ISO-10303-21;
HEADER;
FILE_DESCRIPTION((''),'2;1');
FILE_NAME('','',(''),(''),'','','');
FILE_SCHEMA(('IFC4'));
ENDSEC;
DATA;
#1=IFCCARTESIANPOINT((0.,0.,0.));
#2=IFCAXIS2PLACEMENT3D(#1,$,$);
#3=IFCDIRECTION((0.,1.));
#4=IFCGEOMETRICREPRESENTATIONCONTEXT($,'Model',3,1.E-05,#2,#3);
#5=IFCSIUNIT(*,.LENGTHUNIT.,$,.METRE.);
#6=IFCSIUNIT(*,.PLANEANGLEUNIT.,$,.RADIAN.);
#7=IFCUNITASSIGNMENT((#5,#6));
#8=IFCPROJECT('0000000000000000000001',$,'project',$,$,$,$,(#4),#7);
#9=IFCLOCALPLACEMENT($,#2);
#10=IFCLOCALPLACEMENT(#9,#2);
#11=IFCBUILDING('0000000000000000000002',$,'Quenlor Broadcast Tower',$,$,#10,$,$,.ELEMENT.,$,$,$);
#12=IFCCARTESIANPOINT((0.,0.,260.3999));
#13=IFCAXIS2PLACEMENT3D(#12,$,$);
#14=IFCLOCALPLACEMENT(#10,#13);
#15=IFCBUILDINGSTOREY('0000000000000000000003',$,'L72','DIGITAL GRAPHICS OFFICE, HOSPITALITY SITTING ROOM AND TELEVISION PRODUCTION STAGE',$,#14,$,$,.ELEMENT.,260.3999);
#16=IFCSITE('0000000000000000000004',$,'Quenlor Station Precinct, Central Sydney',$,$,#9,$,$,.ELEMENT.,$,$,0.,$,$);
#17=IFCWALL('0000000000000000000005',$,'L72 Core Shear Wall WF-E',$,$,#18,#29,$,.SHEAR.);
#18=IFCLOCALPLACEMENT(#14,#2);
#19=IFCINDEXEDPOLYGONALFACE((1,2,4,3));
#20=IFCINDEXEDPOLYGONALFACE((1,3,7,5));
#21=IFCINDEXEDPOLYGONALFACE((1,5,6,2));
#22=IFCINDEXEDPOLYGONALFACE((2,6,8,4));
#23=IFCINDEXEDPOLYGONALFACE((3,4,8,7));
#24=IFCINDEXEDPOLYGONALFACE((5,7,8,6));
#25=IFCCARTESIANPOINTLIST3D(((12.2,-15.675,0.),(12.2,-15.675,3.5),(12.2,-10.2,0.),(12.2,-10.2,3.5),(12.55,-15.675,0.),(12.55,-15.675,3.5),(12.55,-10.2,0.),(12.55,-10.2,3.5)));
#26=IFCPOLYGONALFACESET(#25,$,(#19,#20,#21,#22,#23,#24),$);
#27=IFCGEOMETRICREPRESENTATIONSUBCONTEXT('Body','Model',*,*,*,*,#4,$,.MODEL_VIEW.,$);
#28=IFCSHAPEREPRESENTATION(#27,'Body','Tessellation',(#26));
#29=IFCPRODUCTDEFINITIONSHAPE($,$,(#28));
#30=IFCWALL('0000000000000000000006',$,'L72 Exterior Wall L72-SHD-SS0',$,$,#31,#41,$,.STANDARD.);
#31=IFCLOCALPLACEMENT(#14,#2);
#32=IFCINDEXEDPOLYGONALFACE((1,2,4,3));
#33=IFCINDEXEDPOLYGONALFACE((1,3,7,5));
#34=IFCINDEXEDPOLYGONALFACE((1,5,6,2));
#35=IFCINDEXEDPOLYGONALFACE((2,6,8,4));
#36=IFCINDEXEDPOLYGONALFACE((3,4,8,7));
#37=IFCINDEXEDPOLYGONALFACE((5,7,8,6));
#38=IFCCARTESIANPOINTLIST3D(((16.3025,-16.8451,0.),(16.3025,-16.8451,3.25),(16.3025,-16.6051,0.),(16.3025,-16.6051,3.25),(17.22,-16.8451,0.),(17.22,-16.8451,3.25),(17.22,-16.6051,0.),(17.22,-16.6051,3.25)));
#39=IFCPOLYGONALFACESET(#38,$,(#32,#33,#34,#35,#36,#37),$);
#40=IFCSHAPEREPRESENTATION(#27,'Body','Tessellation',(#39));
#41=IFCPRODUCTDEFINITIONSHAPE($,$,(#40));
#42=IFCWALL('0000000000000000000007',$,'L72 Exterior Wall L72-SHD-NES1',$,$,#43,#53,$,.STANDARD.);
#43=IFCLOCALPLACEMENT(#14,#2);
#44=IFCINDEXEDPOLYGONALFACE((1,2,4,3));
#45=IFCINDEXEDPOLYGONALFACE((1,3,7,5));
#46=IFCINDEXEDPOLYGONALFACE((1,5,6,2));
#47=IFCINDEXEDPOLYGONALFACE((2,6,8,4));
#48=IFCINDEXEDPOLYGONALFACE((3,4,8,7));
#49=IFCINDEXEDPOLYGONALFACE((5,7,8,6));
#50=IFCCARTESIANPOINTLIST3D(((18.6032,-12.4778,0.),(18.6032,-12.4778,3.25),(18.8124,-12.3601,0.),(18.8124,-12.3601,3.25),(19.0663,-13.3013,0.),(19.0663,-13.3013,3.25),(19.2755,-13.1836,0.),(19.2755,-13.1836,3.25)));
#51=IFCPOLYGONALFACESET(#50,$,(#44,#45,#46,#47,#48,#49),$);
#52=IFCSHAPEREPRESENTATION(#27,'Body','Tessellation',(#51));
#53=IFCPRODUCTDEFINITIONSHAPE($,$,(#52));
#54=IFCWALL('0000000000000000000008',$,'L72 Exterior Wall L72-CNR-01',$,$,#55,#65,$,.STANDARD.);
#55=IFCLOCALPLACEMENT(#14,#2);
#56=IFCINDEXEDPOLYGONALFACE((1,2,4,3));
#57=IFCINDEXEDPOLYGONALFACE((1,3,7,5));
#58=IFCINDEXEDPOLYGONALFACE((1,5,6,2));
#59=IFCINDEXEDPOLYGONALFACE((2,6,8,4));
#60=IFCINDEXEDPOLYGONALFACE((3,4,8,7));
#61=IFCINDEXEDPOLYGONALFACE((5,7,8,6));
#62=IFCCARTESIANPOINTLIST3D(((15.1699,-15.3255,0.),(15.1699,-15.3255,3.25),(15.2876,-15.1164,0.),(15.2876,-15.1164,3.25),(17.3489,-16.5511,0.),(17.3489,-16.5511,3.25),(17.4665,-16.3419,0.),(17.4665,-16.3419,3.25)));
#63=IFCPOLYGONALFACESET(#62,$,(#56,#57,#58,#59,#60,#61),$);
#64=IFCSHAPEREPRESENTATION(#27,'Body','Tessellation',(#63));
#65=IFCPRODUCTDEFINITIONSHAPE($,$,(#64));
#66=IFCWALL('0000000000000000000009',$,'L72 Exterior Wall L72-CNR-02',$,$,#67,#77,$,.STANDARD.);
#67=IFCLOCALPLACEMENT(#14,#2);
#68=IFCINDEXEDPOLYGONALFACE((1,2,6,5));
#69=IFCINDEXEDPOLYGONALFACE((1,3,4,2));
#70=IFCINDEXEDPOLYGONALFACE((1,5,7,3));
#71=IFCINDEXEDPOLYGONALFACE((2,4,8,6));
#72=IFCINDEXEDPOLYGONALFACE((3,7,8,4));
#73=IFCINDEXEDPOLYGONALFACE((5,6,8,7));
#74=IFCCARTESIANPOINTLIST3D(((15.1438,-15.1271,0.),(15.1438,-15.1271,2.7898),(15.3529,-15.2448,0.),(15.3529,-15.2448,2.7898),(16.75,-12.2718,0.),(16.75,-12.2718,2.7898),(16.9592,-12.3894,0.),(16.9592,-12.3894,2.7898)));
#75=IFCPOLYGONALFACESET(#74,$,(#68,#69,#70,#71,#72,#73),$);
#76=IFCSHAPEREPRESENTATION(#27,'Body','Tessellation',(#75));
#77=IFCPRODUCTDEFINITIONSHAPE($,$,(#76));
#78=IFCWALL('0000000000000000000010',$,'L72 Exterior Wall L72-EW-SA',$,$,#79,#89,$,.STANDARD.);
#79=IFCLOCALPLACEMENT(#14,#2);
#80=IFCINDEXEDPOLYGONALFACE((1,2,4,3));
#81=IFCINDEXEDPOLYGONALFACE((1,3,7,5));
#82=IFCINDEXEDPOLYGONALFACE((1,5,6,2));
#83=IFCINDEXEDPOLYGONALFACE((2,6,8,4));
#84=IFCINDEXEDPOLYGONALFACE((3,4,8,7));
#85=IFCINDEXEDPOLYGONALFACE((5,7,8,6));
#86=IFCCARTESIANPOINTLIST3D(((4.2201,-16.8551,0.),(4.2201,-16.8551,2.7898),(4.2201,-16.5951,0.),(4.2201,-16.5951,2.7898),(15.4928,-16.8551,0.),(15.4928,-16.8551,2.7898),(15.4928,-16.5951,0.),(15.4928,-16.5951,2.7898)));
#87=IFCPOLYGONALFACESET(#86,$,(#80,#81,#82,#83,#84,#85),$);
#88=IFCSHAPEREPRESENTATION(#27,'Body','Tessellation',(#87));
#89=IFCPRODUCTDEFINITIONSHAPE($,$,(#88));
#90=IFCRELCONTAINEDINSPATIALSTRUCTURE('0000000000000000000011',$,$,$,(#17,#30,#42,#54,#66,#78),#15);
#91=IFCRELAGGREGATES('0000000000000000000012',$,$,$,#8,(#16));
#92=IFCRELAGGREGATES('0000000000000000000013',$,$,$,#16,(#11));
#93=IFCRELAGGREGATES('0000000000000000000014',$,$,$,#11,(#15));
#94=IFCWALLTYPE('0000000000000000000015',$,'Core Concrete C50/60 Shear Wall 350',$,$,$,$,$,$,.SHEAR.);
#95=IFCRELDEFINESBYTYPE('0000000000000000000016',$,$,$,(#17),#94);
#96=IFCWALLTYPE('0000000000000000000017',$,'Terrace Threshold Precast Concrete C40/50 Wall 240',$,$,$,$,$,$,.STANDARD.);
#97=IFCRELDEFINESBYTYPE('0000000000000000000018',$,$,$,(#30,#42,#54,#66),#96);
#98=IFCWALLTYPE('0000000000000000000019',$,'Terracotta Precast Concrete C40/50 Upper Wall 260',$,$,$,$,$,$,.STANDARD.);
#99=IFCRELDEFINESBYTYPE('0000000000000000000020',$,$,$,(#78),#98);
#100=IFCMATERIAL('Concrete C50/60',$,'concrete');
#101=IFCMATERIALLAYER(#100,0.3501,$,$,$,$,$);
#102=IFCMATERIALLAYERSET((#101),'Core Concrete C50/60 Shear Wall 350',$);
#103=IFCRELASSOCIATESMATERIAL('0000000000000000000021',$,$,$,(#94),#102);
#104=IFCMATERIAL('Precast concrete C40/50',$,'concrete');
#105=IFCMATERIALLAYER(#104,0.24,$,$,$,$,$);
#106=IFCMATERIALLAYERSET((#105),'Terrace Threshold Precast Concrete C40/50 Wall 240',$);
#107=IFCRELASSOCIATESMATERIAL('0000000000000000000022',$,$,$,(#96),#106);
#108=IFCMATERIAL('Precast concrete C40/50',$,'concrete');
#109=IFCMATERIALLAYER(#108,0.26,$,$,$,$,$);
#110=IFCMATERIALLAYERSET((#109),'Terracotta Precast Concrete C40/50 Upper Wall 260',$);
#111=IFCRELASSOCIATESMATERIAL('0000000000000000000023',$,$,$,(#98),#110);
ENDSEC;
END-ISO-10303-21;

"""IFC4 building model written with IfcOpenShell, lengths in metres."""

from ifc_helpers import new_model, si_unit, direction, frame, frame_2d, origin, place, context, subcontext, project, spatial, rectangle, extrude, material, layer, layer_set, type_object, element, save


model = new_model("IFC4")

# Units and contexts
model_context = context("Model", 3, precision=1e-05, world=origin(), true_north=direction((0.0, 1.0)))
body_context = subcontext(model_context, "Body", "Model", "MODEL_VIEW")
ifc_project = project(units=[si_unit("LENGTHUNIT", "METRE"), si_unit("PLANEANGLEUNIT", "RADIAN")], contexts=[model_context])

# Site, building, storey
site_placement = place(None, origin())
site = spatial("IfcSite", under=ifc_project, at=site_placement, Name="Quenlor Station Precinct, Central Sydney", CompositionType="ELEMENT", RefElevation=0.0)
building_placement = place(site_placement, origin())
building = spatial("IfcBuilding", under=site, at=building_placement, Name="Quenlor Broadcast Tower", CompositionType="ELEMENT")
storey_placement = place(building_placement, frame((0.0, 0.0, 260.3999)))
storey = spatial("IfcBuildingStorey", under=building, at=storey_placement, Name="L72", Description="DIGITAL GRAPHICS OFFICE, HOSPITALITY SITTING ROOM AND TELEVISION PRODUCTION STAGE", CompositionType="ELEMENT", Elevation=260.3999)

# Walls
ifc_material_1 = material(Name="Concrete C50/60", Category="concrete")
ifc_layer_1 = layer(ifc_material_1, 0.3501)
ifc_layer_set_1 = layer_set([ifc_layer_1], Name="Core Concrete C50/60 Shear Wall 350")
wall_type_1 = type_object("IfcWallType", Name="Core Concrete C50/60 Shear Wall 350", PredefinedType="SHEAR", material=ifc_layer_set_1)
wall_1_placement = place(storey_placement, frame((12.375, -15.675, 0.0), z_axis=(0.0, 0.0, 1.0), x_axis=(0.0, 1.0, 0.0)))
element("IfcWall", 1, at=wall_1_placement, inside=storey, type_object=wall_type_1, Name="L72 Core Shear Wall WF-E", PredefinedType="SHEAR", context=body_context, shape_type="SweptSolid", body=[
    extrude(rectangle(XDim=5.4751, YDim=0.3501, at=frame_2d((2.7375, 0.0))), origin(), (0.0, 0.0, 1.0), 3.5),
])
ifc_material_2 = material(Name="Precast concrete C40/50", Category="concrete")
ifc_layer_2 = layer(ifc_material_2, 0.24)
ifc_layer_set_2 = layer_set([ifc_layer_2], Name="Terrace Threshold Precast Concrete C40/50 Wall 240")
wall_type_2 = type_object("IfcWallType", Name="Terrace Threshold Precast Concrete C40/50 Wall 240", PredefinedType="STANDARD", material=ifc_layer_set_2)
wall_2_placement = place(storey_placement, frame((17.22, -16.7251, 0.0), z_axis=(0.0, 0.0, 1.0), x_axis=(-1.0, 0.0, 0.0)))
element("IfcWall", 2, at=wall_2_placement, inside=storey, type_object=wall_type_2, Name="L72 Exterior Wall L72-SHD-SS0", PredefinedType="STANDARD", context=body_context, shape_type="SweptSolid", body=[
    extrude(rectangle(XDim=0.9175, YDim=0.24, at=frame_2d((0.4587, 0.0))), origin(), (0.0, 0.0, 1.0), 3.25),
])
wall_3_placement = place(storey_placement, frame((18.7078, -12.4189, 0.0), z_axis=(0.0, 0.0, 1.0), x_axis=(0.4902, -0.87161, 0.0)))
element("IfcWall", 3, at=wall_3_placement, inside=storey, type_object=wall_type_2, Name="L72 Exterior Wall L72-SHD-NES1", PredefinedType="STANDARD", context=body_context, shape_type="SweptSolid", body=[
    extrude(rectangle(XDim=0.9448, YDim=0.24, at=frame_2d((0.4724, 0.0))), origin(), (0.0, 0.0, 1.0), 3.25),
])
wall_4_placement = place(storey_placement, frame((17.4077, -16.4465, 0.0), z_axis=(0.0, 0.0, 1.0), x_axis=(-0.871589, 0.490238, 0.0)))
element("IfcWall", 4, at=wall_4_placement, inside=storey, type_object=wall_type_2, Name="L72 Exterior Wall L72-CNR-01", PredefinedType="STANDARD", context=body_context, shape_type="SweptSolid", body=[
    extrude(rectangle(XDim=2.5, YDim=0.24, at=frame_2d((1.25, 0.0))), origin(), (0.0, 0.0, 1.0), 3.25),
])
wall_5_placement = place(storey_placement, frame((15.2483, -15.186, 0.0), z_axis=(0.0, 0.0, 1.0), x_axis=(0.490293, 0.871558, 0.0)))
element("IfcWall", 5, at=wall_5_placement, inside=storey, type_object=wall_type_2, Name="L72 Exterior Wall L72-CNR-02", PredefinedType="STANDARD", context=body_context, shape_type="SweptSolid", body=[
    extrude(rectangle(XDim=3.2761, YDim=0.24, at=frame_2d((1.6382, 0.0))), origin(), (0.0, 0.0, 1.0), 2.7898),
])
ifc_material_3 = material(Name="Precast concrete C40/50", Category="concrete")
ifc_layer_3 = layer(ifc_material_3, 0.26)
ifc_layer_set_3 = layer_set([ifc_layer_3], Name="Terracotta Precast Concrete C40/50 Upper Wall 260")
wall_type_3 = type_object("IfcWallType", Name="Terracotta Precast Concrete C40/50 Upper Wall 260", PredefinedType="STANDARD", material=ifc_layer_set_3)
wall_6_placement = place(storey_placement, frame((15.4927, -16.7251, 0.0), z_axis=(0.0, 0.0, 1.0), x_axis=(-1.0, 0.0, 0.0)))
element("IfcWall", 6, at=wall_6_placement, inside=storey, type_object=wall_type_3, Name="L72 Exterior Wall L72-EW-SA", PredefinedType="STANDARD", context=body_context, shape_type="SweptSolid", body=[
    extrude(rectangle(XDim=11.2727, YDim=0.26, at=frame_2d((5.6362, 0.0))), origin(), (0.0, 0.0, 1.0), 2.7898),
])

save(model, "model.ifc")
